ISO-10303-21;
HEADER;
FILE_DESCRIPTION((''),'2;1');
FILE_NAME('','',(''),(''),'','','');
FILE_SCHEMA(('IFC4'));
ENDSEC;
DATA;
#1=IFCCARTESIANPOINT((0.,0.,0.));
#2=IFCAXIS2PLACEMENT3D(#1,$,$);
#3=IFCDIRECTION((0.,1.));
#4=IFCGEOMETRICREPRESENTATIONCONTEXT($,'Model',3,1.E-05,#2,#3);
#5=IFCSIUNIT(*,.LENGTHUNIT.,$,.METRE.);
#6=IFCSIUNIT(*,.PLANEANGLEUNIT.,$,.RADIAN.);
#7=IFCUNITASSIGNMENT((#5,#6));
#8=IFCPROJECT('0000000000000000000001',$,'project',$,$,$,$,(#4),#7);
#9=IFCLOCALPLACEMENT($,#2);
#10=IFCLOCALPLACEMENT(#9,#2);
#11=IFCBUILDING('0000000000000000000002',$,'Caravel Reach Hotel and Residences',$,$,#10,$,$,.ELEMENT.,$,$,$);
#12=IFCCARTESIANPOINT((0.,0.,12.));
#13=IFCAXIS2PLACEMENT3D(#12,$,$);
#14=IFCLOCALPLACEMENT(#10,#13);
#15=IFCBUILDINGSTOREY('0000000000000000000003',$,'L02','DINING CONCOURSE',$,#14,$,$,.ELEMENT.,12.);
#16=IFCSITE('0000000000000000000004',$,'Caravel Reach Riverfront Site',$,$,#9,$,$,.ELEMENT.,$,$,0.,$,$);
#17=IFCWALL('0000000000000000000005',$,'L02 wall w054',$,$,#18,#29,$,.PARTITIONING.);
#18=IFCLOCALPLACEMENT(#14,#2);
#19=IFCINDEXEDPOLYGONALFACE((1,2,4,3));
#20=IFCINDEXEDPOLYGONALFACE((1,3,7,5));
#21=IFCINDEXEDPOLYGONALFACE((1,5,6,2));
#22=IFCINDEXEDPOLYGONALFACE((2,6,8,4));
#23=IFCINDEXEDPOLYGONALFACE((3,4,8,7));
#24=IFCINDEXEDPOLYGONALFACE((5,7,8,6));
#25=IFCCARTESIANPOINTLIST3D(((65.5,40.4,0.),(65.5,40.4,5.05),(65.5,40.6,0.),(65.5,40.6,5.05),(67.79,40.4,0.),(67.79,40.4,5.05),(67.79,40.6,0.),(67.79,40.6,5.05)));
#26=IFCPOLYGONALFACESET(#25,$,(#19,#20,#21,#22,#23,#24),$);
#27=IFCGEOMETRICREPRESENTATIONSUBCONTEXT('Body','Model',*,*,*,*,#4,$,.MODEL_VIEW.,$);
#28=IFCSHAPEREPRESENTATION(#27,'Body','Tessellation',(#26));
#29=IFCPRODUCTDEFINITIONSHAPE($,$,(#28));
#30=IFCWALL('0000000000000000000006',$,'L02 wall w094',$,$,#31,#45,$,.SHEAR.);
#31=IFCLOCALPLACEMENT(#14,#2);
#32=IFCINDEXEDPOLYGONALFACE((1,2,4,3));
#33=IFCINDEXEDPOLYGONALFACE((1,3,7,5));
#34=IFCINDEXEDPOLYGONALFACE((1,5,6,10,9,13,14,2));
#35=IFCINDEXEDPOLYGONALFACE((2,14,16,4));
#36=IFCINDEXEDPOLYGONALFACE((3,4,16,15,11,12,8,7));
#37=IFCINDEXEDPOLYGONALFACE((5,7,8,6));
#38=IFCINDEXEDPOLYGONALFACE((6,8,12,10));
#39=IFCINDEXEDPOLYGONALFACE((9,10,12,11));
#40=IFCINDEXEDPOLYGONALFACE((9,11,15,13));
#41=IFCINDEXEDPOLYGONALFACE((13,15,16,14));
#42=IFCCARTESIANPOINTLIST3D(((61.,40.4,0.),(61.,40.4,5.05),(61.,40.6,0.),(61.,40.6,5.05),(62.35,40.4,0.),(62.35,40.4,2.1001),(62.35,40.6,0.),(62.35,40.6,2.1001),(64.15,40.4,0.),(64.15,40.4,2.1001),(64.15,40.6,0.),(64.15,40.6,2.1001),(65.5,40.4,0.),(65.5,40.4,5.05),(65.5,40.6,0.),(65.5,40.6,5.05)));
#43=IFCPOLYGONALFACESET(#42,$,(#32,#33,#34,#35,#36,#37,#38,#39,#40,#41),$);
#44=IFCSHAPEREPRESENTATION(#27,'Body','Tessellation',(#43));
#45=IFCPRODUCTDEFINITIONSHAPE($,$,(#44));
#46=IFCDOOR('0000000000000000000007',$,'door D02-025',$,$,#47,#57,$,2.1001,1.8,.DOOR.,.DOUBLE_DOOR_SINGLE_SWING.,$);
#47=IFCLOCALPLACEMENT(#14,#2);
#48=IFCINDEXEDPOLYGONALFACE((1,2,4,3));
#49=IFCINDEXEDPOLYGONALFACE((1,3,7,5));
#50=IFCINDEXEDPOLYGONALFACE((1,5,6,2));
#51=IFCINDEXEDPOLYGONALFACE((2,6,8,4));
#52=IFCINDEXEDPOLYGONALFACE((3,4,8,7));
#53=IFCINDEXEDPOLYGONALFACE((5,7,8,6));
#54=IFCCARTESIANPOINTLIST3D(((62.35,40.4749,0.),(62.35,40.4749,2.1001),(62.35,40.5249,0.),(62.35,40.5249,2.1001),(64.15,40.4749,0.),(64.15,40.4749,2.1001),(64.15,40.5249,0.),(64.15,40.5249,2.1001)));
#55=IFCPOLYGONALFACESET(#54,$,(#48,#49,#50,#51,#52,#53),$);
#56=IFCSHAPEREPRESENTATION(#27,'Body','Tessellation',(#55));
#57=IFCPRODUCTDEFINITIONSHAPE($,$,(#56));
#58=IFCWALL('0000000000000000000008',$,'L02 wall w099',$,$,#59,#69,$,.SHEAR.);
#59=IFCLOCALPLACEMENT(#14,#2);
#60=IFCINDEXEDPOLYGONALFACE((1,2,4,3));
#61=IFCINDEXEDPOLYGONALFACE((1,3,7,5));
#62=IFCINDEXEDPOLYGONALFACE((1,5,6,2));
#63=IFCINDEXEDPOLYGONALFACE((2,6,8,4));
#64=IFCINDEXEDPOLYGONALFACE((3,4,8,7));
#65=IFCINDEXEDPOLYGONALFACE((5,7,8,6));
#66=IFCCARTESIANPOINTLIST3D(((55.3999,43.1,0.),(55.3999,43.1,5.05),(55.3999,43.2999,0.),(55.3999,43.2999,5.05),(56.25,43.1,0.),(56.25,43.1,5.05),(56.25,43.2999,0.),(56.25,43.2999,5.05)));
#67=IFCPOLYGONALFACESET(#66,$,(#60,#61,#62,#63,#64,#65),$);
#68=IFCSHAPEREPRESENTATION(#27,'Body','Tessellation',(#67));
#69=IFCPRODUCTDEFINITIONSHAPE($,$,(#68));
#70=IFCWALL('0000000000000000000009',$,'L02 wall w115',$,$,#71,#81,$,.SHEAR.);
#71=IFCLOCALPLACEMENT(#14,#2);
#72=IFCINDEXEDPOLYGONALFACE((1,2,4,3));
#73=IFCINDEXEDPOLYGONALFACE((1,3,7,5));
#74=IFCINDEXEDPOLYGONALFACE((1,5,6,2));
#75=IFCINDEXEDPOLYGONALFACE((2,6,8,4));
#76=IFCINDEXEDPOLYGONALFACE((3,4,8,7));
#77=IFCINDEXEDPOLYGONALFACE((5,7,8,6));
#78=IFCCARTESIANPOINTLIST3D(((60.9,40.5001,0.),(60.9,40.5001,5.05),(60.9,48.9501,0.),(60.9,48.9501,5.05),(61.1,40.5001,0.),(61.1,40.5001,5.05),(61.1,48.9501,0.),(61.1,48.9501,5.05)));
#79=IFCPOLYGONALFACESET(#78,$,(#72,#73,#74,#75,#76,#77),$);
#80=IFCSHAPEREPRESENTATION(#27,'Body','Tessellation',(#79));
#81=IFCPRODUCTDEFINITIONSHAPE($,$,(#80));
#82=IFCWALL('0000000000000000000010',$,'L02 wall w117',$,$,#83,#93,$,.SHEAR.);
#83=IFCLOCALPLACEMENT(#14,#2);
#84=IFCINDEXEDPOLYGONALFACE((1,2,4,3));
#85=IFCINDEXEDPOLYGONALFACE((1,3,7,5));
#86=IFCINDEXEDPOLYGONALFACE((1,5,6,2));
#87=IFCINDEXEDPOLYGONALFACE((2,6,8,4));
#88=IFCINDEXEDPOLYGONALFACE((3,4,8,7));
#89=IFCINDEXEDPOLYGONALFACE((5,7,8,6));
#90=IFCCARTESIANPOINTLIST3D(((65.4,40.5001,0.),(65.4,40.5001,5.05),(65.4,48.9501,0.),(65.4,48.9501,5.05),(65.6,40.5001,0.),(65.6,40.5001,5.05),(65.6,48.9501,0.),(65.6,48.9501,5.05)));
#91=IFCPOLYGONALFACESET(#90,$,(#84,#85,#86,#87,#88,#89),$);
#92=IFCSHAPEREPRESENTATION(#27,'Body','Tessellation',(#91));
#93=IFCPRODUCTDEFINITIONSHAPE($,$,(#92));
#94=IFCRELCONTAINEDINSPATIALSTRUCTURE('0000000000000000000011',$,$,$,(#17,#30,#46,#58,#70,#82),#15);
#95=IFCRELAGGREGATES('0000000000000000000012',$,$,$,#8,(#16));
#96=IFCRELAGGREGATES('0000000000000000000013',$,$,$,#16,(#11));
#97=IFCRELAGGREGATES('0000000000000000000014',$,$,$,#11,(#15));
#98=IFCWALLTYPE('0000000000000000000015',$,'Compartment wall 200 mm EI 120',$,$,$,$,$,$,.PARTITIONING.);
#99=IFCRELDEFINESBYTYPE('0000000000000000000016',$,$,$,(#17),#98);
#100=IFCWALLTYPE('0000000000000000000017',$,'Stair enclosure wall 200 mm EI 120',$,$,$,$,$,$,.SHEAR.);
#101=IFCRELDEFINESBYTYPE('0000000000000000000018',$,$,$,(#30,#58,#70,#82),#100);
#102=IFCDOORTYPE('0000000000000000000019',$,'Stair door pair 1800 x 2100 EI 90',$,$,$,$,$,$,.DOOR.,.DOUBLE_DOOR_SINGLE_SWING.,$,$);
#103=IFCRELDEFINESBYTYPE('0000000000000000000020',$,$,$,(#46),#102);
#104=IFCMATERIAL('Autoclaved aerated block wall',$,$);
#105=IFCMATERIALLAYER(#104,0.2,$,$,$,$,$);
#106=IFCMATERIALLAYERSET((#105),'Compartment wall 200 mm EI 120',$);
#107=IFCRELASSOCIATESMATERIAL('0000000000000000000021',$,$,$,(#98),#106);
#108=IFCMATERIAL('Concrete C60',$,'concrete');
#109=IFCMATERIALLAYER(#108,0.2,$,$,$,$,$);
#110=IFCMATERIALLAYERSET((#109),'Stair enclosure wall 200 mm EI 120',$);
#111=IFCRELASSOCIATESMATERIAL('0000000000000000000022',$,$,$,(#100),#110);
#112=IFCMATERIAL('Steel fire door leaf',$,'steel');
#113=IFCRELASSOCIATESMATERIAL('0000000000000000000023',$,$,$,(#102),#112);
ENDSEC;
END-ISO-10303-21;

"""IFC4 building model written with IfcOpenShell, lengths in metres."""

from ifc_helpers import new_model, si_unit, direction, frame, frame_2d, origin, place, context, subcontext, project, spatial, rectangle, extrude, material, layer, layer_set, type_object, element, fill, save


model = new_model("IFC4")

# Units and contexts
model_context = context("Model", 3, precision=1e-05, world=origin(), true_north=direction((0.0, 1.0)))
body_context = subcontext(model_context, "Body", "Model", "MODEL_VIEW")
ifc_project = project(units=[si_unit("LENGTHUNIT", "METRE"), si_unit("PLANEANGLEUNIT", "RADIAN")], contexts=[model_context])

# Site, building, storey
site_placement = place(None, origin())
site = spatial("IfcSite", under=ifc_project, at=site_placement, Name="Caravel Reach Riverfront Site", CompositionType="ELEMENT", RefElevation=0.0)
building_placement = place(site_placement, origin())
building = spatial("IfcBuilding", under=site, at=building_placement, Name="Caravel Reach Hotel and Residences", CompositionType="ELEMENT")
storey_placement = place(building_placement, frame((0.0, 0.0, 12.0)))
storey = spatial("IfcBuildingStorey", under=building, at=storey_placement, Name="L02", Description="DINING CONCOURSE", CompositionType="ELEMENT", Elevation=12.0)

# Wall
ifc_material_1 = material(Name="Autoclaved aerated block wall")
ifc_layer_1 = layer(ifc_material_1, 0.2)
ifc_layer_set_1 = layer_set([ifc_layer_1], Name="Compartment wall 200 mm EI 120")
wall_type_1 = type_object("IfcWallType", Name="Compartment wall 200 mm EI 120", PredefinedType="PARTITIONING", material=ifc_layer_set_1)
wall_1_placement = place(storey_placement, frame((65.5, 40.5, 0.0), z_axis=(0.0, 0.0, 1.0), x_axis=(1.0, 0.0, 0.0)))
element("IfcWall", 1, at=wall_1_placement, inside=storey, type_object=wall_type_1, Name="L02 wall w054", PredefinedType="PARTITIONING", context=body_context, shape_type="SweptSolid", body=[
    extrude(rectangle(XDim=2.29, YDim=0.2, at=frame_2d((1.145, 0.0))), origin(), (0.0, 0.0, 1.0), 5.05),
])

# Wall, opening, door
ifc_material_2 = material(Name="Concrete C60", Category="concrete")
ifc_layer_2 = layer(ifc_material_2, 0.2)
ifc_layer_set_2 = layer_set([ifc_layer_2], Name="Stair enclosure wall 200 mm EI 120")
wall_type_2 = type_object("IfcWallType", Name="Stair enclosure wall 200 mm EI 120", PredefinedType="SHEAR", material=ifc_layer_set_2)
wall_2_placement = place(storey_placement, frame((61.0, 40.5, 0.0), z_axis=(0.0, 0.0, 1.0), x_axis=(1.0, 0.0, 0.0)))
wall_2 = element("IfcWall", 2, at=wall_2_placement, inside=storey, type_object=wall_type_2, Name="L02 wall w094", PredefinedType="SHEAR", context=body_context, shape_type="SweptSolid", body=[
    extrude(rectangle(XDim=4.5, YDim=0.2, at=frame_2d((2.25, 0.0))), origin(), (0.0, 0.0, 1.0), 5.05),
])
opening_placement = place(wall_2_placement, frame((1.3501, 0.0, 0.0)))
opening = element("IfcOpeningElement", 3, at=opening_placement, cuts=wall_2, PredefinedType="OPENING", context=body_context, shape_type="SweptSolid", body=[
    extrude(rectangle(XDim=1.8, YDim=2.1001, at=frame_2d((0.8999, 1.05))), frame((0.0, 0.1099, 0.0), z_axis=(0.0, -1.0, 0.0), x_axis=(1.0, 0.0, 0.0)), (0.0, 0.0, 1.0), 0.22),
])
ifc_material_3 = material(Name="Steel fire door leaf", Category="steel")
door_type = type_object("IfcDoorType", Name="Stair door pair 1800 x 2100 EI 90", OperationType="DOUBLE_DOOR_SINGLE_SWING", PredefinedType="DOOR", material=ifc_material_3)
door_placement = place(opening_placement, origin())
door = element("IfcDoor", 4, at=door_placement, inside=storey, type_object=door_type, Name="door D02-025", OperationType="DOUBLE_DOOR_SINGLE_SWING", OverallHeight=2.1001, OverallWidth=1.8, PredefinedType="DOOR", context=body_context, shape_type="SweptSolid", body=[
    extrude(rectangle(XDim=1.8, YDim=2.1001, at=frame_2d((0.8999, 1.05))), frame((0.0, 0.0249, 0.0), z_axis=(0.0, -1.0, 0.0), x_axis=(1.0, 0.0, 0.0)), (0.0, 0.0, 1.0), 0.05),
])
fill(opening, door)

# Walls
wall_3_placement = place(storey_placement, frame((55.3999, 43.2, 0.0), z_axis=(0.0, 0.0, 1.0), x_axis=(1.0, 0.0, 0.0)))
element("IfcWall", 5, at=wall_3_placement, inside=storey, type_object=wall_type_2, Name="L02 wall w099", PredefinedType="SHEAR", context=body_context, shape_type="SweptSolid", body=[
    extrude(rectangle(XDim=0.8501, YDim=0.2, at=frame_2d((0.425, 0.0))), origin(), (0.0, 0.0, 1.0), 5.05),
])
for number, where, z_axis, x_axis, name in (
    (6, (61.0, 40.5, 0.0), (0.0, 0.0, 1.0), (0.0, 1.0, 0.0), "L02 wall w115"),
    (7, (65.5, 40.5, 0.0), (0.0, 0.0, 1.0), (0.0, 1.0, 0.0), "L02 wall w117"),
):
    element("IfcWall", number, at=place(storey_placement, frame(where, z_axis=z_axis, x_axis=x_axis)), inside=storey, type_object=wall_type_2, Name=name, PredefinedType="SHEAR", context=body_context, shape_type="SweptSolid", body=[
        extrude(rectangle(XDim=8.45, YDim=0.2, at=frame_2d((4.2251, 0.0))), origin(), (0.0, 0.0, 1.0), 5.05),
    ])

save(model, "model.ifc")
